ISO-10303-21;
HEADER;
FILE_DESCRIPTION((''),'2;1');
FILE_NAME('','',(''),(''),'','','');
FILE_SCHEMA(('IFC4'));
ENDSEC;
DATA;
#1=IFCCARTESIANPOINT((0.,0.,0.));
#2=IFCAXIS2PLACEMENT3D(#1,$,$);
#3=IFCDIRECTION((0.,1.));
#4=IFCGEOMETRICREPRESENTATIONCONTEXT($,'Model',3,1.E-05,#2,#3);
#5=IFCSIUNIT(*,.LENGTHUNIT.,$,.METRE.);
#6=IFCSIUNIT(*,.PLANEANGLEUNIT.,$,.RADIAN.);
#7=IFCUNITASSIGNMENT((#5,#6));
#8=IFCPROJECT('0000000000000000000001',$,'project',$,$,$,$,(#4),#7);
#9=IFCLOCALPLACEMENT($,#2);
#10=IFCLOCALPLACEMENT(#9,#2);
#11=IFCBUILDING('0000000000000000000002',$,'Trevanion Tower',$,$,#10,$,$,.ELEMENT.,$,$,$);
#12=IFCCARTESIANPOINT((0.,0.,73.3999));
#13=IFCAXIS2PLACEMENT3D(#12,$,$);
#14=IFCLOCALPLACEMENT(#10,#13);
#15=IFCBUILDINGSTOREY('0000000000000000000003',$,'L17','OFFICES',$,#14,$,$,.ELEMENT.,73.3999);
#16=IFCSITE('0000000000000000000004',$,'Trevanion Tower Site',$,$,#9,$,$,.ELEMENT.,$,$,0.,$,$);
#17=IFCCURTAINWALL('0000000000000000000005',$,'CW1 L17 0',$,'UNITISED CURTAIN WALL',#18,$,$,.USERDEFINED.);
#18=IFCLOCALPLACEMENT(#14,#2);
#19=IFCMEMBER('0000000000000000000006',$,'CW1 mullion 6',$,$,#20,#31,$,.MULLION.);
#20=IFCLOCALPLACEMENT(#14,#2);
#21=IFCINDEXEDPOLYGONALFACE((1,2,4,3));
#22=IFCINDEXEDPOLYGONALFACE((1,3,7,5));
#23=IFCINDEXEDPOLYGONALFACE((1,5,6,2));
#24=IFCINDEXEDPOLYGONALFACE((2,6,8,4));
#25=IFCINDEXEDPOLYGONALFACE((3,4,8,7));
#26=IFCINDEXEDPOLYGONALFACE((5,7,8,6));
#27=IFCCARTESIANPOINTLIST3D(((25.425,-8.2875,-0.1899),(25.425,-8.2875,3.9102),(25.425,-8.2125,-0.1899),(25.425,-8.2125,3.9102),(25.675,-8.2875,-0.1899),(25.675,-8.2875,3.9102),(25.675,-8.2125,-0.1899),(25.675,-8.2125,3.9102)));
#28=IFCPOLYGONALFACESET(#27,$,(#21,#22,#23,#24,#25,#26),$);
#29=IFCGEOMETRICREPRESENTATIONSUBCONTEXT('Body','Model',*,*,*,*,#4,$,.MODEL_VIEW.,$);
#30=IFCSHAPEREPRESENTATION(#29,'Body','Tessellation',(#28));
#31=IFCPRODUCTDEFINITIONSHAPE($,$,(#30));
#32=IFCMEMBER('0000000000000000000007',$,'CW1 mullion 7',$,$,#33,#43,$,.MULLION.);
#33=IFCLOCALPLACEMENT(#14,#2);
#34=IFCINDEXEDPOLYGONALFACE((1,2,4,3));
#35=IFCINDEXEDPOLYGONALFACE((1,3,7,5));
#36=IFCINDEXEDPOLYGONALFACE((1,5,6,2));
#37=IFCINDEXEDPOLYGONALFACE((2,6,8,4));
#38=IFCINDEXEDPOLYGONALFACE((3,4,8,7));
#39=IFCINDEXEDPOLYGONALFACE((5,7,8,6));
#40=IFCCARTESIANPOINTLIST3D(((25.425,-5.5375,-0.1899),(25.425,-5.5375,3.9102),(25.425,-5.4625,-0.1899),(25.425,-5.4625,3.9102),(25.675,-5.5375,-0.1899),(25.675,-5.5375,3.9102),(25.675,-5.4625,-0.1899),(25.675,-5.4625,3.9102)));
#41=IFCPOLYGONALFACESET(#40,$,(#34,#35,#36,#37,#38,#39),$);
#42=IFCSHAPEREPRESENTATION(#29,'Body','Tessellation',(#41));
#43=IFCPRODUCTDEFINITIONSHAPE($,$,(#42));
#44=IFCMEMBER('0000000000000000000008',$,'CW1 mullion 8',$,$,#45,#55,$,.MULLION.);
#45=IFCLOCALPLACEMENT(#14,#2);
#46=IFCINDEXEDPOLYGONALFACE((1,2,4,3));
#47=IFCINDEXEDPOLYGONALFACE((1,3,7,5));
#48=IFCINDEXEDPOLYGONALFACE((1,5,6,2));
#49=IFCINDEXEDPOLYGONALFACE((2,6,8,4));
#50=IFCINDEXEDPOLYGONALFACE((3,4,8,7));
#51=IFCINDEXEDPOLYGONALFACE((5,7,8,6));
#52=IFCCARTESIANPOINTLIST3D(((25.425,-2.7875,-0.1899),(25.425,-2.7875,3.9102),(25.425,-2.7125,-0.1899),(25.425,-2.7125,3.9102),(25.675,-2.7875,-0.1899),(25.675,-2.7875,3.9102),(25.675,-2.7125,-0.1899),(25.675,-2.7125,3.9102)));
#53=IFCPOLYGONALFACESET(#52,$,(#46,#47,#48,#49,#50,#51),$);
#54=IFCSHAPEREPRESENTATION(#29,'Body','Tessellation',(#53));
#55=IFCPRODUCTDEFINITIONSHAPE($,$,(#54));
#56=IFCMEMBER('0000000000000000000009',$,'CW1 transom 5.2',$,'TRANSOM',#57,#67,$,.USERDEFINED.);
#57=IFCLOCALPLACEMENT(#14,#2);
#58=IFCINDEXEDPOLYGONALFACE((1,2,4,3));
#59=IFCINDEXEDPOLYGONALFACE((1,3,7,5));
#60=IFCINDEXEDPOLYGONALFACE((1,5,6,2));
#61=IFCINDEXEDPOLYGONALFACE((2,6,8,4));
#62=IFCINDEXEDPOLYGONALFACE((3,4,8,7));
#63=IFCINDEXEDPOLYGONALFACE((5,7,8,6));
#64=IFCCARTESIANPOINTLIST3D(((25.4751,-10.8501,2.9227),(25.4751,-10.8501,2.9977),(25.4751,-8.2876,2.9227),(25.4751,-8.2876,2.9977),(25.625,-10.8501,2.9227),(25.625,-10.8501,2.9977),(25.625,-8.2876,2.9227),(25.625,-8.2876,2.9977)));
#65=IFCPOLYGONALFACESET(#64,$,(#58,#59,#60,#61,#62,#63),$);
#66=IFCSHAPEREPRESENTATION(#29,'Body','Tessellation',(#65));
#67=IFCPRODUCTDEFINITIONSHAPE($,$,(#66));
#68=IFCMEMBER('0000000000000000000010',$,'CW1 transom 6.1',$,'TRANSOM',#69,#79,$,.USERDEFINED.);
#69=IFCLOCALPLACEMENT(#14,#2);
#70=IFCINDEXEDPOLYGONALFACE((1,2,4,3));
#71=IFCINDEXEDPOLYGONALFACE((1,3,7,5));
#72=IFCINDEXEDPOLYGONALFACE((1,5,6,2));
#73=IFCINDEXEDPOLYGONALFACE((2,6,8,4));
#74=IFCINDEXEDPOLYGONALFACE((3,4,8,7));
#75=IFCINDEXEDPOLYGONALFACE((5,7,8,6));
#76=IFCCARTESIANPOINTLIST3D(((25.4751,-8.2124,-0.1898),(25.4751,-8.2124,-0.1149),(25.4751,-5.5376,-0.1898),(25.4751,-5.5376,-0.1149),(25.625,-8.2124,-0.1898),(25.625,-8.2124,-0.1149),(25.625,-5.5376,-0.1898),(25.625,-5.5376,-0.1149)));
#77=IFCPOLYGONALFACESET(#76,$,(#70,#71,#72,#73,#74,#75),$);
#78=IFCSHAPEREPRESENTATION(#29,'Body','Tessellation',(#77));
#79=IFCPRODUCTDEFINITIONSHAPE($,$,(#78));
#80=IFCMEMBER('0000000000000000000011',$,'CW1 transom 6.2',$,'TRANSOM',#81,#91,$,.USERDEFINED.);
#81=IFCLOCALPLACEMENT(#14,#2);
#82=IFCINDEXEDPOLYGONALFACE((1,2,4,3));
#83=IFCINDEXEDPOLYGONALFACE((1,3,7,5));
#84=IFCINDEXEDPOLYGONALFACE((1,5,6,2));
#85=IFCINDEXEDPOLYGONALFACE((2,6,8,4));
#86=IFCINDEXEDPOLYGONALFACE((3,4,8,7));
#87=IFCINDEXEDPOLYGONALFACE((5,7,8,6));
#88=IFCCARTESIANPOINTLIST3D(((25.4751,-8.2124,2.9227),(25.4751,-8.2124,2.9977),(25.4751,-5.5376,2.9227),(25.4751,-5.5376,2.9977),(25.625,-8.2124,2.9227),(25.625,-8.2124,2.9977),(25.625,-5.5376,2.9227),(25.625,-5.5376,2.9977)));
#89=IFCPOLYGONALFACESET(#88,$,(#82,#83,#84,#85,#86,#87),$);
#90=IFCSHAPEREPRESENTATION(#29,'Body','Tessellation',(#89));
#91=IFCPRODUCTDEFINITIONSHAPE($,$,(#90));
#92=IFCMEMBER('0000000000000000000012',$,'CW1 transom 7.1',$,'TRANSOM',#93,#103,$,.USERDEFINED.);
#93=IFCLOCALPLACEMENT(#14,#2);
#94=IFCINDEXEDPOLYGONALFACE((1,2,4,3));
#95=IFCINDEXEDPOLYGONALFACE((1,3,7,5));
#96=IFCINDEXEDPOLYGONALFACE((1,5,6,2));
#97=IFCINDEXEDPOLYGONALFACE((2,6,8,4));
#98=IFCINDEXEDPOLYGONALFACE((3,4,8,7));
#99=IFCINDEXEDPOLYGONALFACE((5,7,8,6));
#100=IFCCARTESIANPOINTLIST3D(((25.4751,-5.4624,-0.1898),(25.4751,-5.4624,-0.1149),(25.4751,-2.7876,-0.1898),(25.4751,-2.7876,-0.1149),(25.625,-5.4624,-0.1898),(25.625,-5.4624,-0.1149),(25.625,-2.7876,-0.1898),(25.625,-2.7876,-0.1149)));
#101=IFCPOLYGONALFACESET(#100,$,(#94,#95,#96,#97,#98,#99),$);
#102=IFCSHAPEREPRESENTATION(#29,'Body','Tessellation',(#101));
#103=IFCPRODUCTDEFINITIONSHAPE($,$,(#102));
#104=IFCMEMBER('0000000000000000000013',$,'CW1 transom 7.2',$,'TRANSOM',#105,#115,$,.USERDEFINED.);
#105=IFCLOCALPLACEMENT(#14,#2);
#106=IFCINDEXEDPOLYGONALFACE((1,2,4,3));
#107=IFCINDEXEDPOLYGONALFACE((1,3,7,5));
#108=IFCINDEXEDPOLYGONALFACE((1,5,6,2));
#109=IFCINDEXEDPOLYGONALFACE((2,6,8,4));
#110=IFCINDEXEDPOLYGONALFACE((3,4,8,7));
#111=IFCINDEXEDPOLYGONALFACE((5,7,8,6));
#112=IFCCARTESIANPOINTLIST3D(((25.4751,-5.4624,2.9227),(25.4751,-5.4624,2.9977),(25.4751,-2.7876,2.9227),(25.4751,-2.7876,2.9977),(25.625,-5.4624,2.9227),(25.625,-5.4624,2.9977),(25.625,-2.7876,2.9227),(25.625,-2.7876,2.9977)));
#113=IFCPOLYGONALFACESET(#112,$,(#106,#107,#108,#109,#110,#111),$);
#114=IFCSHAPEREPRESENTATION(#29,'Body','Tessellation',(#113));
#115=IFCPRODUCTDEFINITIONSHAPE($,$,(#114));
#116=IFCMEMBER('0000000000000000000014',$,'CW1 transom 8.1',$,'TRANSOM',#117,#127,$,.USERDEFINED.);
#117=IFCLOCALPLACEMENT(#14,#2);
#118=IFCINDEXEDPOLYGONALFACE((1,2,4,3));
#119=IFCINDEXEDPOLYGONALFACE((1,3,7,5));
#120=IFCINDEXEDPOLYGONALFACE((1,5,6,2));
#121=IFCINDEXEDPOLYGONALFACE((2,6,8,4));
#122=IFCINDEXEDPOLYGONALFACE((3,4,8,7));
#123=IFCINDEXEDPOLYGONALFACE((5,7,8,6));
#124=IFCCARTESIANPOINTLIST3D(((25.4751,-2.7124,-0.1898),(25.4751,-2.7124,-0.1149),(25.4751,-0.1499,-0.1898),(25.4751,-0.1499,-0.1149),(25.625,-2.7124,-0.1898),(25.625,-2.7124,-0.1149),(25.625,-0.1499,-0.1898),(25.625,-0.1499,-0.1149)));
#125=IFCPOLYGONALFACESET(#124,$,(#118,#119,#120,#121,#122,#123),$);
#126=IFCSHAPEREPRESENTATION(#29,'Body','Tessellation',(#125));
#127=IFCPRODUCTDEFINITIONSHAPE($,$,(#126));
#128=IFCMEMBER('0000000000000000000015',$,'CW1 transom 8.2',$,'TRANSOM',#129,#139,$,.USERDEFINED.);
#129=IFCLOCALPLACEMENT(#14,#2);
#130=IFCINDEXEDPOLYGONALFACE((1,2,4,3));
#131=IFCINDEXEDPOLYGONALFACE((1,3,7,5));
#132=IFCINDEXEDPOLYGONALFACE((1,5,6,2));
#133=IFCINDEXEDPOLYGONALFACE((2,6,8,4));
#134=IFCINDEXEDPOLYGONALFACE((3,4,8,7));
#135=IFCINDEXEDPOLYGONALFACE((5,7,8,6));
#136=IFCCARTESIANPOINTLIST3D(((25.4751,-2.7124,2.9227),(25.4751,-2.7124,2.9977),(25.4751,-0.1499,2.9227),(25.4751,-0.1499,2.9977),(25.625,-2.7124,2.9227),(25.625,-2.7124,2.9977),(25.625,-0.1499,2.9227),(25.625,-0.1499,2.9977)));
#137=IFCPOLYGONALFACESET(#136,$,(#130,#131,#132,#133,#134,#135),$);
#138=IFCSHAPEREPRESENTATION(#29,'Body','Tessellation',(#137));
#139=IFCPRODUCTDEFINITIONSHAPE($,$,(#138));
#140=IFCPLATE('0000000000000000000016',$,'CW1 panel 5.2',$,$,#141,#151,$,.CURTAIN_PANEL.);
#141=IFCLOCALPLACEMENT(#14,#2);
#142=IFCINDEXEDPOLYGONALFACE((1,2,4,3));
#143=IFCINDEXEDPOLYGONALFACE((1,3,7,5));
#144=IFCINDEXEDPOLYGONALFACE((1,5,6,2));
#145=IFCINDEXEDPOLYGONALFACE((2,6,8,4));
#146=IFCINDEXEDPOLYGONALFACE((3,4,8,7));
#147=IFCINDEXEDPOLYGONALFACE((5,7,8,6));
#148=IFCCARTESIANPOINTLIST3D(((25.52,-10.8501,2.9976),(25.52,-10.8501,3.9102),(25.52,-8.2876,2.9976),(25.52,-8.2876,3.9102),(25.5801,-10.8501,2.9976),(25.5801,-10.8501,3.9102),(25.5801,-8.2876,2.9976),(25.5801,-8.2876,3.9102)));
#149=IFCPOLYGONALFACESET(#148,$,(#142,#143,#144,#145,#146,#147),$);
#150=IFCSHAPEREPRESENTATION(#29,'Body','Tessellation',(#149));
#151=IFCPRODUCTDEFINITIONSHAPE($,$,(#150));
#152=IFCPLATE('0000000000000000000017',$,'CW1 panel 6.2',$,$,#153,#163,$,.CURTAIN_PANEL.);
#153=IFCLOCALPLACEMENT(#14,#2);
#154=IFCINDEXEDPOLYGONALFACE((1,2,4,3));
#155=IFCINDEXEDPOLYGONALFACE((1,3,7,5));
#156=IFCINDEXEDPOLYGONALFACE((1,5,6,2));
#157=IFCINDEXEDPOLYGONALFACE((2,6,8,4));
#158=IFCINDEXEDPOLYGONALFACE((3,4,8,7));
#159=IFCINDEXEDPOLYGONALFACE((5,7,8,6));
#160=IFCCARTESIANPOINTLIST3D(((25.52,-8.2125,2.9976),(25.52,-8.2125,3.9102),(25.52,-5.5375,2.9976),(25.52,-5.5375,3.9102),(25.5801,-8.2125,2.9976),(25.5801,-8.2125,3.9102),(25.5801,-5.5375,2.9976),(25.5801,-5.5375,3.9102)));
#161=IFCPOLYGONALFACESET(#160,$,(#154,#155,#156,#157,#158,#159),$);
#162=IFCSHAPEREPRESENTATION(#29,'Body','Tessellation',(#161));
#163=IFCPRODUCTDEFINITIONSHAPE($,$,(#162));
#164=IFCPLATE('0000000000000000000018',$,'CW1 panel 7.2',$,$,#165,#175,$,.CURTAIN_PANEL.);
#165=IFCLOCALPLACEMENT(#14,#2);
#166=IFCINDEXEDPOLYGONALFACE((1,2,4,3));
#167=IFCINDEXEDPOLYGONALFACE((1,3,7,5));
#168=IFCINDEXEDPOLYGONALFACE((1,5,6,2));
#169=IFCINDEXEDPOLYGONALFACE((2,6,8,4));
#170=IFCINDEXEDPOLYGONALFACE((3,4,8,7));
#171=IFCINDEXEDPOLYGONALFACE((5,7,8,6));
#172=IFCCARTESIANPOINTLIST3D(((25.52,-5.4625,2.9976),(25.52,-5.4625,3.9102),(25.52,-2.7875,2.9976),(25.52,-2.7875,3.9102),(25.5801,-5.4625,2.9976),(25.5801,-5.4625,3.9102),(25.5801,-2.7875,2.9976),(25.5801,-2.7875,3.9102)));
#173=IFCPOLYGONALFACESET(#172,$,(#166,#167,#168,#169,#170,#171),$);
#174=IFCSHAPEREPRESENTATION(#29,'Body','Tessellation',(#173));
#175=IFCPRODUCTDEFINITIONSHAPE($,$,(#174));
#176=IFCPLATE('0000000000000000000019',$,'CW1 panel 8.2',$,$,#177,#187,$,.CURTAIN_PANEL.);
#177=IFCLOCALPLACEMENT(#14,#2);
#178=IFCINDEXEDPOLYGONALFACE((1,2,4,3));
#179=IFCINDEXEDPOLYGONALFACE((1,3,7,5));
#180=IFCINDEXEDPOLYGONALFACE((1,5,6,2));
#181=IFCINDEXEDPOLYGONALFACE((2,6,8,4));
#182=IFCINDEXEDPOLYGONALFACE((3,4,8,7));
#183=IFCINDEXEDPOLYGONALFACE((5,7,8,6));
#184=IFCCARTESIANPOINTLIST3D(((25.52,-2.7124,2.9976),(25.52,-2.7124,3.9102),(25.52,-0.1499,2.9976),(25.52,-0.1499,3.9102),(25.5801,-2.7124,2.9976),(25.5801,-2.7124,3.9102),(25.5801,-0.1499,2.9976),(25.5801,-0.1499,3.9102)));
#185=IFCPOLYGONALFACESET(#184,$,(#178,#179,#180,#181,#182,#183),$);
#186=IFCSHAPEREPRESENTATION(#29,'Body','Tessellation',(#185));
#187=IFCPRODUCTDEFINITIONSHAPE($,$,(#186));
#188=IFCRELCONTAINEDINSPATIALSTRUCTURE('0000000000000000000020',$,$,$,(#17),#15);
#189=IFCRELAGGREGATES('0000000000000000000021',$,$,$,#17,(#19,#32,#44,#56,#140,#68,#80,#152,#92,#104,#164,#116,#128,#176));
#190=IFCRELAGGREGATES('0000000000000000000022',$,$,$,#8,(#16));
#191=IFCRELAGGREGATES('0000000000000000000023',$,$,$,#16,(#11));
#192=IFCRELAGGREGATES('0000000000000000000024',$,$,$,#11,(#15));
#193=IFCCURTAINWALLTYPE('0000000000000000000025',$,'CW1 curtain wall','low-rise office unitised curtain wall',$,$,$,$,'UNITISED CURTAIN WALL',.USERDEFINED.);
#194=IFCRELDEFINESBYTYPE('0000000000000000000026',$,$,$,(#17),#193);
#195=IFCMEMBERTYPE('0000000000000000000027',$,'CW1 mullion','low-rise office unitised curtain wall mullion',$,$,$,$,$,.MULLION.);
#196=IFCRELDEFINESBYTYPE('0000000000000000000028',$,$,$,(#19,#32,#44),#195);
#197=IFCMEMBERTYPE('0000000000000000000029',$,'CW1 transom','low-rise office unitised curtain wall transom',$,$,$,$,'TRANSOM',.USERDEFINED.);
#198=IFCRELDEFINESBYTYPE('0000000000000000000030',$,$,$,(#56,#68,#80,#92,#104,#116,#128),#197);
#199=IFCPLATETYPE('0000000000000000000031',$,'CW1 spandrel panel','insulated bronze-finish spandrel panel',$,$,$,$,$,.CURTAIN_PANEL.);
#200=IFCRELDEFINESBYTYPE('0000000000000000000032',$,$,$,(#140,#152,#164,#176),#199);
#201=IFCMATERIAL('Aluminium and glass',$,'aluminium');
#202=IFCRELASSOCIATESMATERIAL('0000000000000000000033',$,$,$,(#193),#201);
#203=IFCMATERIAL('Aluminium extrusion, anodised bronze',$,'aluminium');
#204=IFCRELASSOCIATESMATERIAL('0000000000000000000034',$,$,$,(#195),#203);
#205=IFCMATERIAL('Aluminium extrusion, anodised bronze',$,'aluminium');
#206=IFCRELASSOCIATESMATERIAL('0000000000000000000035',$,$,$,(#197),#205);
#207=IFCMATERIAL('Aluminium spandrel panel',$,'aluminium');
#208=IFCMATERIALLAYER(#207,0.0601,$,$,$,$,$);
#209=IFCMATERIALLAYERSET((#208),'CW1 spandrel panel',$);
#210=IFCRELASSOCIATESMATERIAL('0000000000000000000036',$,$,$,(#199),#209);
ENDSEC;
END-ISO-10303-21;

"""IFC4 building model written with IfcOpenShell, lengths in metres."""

from ifc_helpers import new_model, si_unit, direction, frame, origin, origin_2d, place, context, subcontext, project, spatial, rectangle, extrude, material, layer, layer_set, material_profile, profile_set, type_object, element, aggregate, save


model = new_model("IFC4")

# Units and contexts
model_context = context("Model", 3, precision=1e-05, world=origin(), true_north=direction((0.0, 1.0)))
body_context = subcontext(model_context, "Body", "Model", "MODEL_VIEW")
ifc_project = project(units=[si_unit("LENGTHUNIT", "METRE"), si_unit("PLANEANGLEUNIT", "RADIAN")], contexts=[model_context])

# Site, building, storey
site_placement = place(None, origin())
site = spatial("IfcSite", under=ifc_project, at=site_placement, Name="Trevanion Tower Site", CompositionType="ELEMENT", RefElevation=0.0)
building_placement = place(site_placement, origin())
building = spatial("IfcBuilding", under=site, at=building_placement, Name="Trevanion Tower", CompositionType="ELEMENT")
storey_placement = place(building_placement, frame((0.0, 0.0, 73.3999)))
storey = spatial("IfcBuildingStorey", under=building, at=storey_placement, Name="L17", Description="OFFICES", CompositionType="ELEMENT", Elevation=73.3999)

# Curtain wall, members, plates
ifc_material_1 = material(Name="Aluminium and glass", Category="aluminium")
curtain_wall_type = type_object("IfcCurtainWallType", Name="CW1 curtain wall", Description="low-rise office unitised curtain wall", ElementType="UNITISED CURTAIN WALL", PredefinedType="USERDEFINED", material=ifc_material_1)
curtain_wall_placement = place(storey_placement, origin())
curtain_wall = element("IfcCurtainWall", 1, at=curtain_wall_placement, inside=storey, type_object=curtain_wall_type, Name="CW1 L17 0", ObjectType="UNITISED CURTAIN WALL", PredefinedType="USERDEFINED")
ifc_material_2 = material(Name="Aluminium extrusion, anodised bronze", Category="aluminium")
ifc_material_profile_1 = material_profile(ifc_material_2, rectangle(XDim=0.075, YDim=0.25, at=origin_2d()), Name="CW1 mullion")
ifc_profile_set_1 = profile_set([ifc_material_profile_1], Name="Aluminium extrusion, anodised bronze")
member_type_1 = type_object("IfcMemberType", Name="CW1 mullion", Description="low-rise office unitised curtain wall mullion", PredefinedType="MULLION", material=ifc_profile_set_1)
member_1_placement = place(storey_placement, frame((25.55, -8.25, -0.1899), z_axis=(0.0, 0.0, 1.0), x_axis=(0.0, 1.0, 0.0)))
member_1 = element("IfcMember", 2, at=member_1_placement, type_object=member_type_1, Name="CW1 mullion 6", PredefinedType="MULLION", context=body_context, shape_type="SweptSolid", body=[
    extrude(rectangle(XDim=0.075, YDim=0.25, at=origin_2d()), origin(), (0.0, 0.0, 1.0), 4.1001),
])
member_2_placement = place(storey_placement, frame((25.55, -5.5, -0.1899), z_axis=(0.0, 0.0, 1.0), x_axis=(0.0, 1.0, 0.0)))
member_2 = element("IfcMember", 3, at=member_2_placement, type_object=member_type_1, Name="CW1 mullion 7", PredefinedType="MULLION", context=body_context, shape_type="SweptSolid", body=[
    extrude(rectangle(XDim=0.075, YDim=0.25, at=origin_2d()), origin(), (0.0, 0.0, 1.0), 4.1001),
])
member_3_placement = place(storey_placement, frame((25.55, -2.75, -0.1899), z_axis=(0.0, 0.0, 1.0), x_axis=(0.0, 1.0, 0.0)))
member_3 = element("IfcMember", 4, at=member_3_placement, type_object=member_type_1, Name="CW1 mullion 8", PredefinedType="MULLION", context=body_context, shape_type="SweptSolid", body=[
    extrude(rectangle(XDim=0.075, YDim=0.25, at=origin_2d()), origin(), (0.0, 0.0, 1.0), 4.1001),
])
ifc_material_3 = material(Name="Aluminium extrusion, anodised bronze", Category="aluminium")
ifc_material_profile_2 = material_profile(ifc_material_3, rectangle(XDim=0.1499, YDim=0.075, at=origin_2d()), Name="CW1 transom")
ifc_profile_set_2 = profile_set([ifc_material_profile_2], Name="Aluminium extrusion, anodised bronze")
member_type_2 = type_object("IfcMemberType", Name="CW1 transom", Description="low-rise office unitised curtain wall transom", ElementType="TRANSOM", PredefinedType="USERDEFINED", material=ifc_profile_set_2)
member_4_placement = place(storey_placement, frame((25.55, -10.8501, 2.9602), z_axis=(0.0, 1.0, 0.0), x_axis=(-1.0, 0.0, 0.0)))
member_4 = element("IfcMember", 5, at=member_4_placement, type_object=member_type_2, Name="CW1 transom 5.2", ObjectType="TRANSOM", PredefinedType="USERDEFINED", context=body_context, shape_type="SweptSolid", body=[
    extrude(rectangle(XDim=0.1499, YDim=0.075, at=origin_2d()), origin(), (0.0, 0.0, 1.0), 2.5625),
])
member_5_placement = place(storey_placement, frame((25.55, -8.2124, -0.1523), z_axis=(0.0, 1.0, 0.0), x_axis=(-1.0, 0.0, 0.0)))
member_5 = element("IfcMember", 6, at=member_5_placement, type_object=member_type_2, Name="CW1 transom 6.1", ObjectType="TRANSOM", PredefinedType="USERDEFINED", context=body_context, shape_type="SweptSolid", body=[
    extrude(rectangle(XDim=0.1499, YDim=0.075, at=origin_2d()), origin(), (0.0, 0.0, 1.0), 2.6748),
])
member_6_placement = place(storey_placement, frame((25.55, -8.2124, 2.9602), z_axis=(0.0, 1.0, 0.0), x_axis=(-1.0, 0.0, 0.0)))
member_6 = element("IfcMember", 7, at=member_6_placement, type_object=member_type_2, Name="CW1 transom 6.2", ObjectType="TRANSOM", PredefinedType="USERDEFINED", context=body_context, shape_type="SweptSolid", body=[
    extrude(rectangle(XDim=0.1499, YDim=0.075, at=origin_2d()), origin(), (0.0, 0.0, 1.0), 2.6748),
])
member_7_placement = place(storey_placement, frame((25.55, -5.4624, -0.1523), z_axis=(0.0, 1.0, 0.0), x_axis=(-1.0, 0.0, 0.0)))
member_7 = element("IfcMember", 8, at=member_7_placement, type_object=member_type_2, Name="CW1 transom 7.1", ObjectType="TRANSOM", PredefinedType="USERDEFINED", context=body_context, shape_type="SweptSolid", body=[
    extrude(rectangle(XDim=0.1499, YDim=0.075, at=origin_2d()), origin(), (0.0, 0.0, 1.0), 2.6748),
])
member_8_placement = place(storey_placement, frame((25.55, -5.4624, 2.9602), z_axis=(0.0, 1.0, 0.0), x_axis=(-1.0, 0.0, 0.0)))
member_8 = element("IfcMember", 9, at=member_8_placement, type_object=member_type_2, Name="CW1 transom 7.2", ObjectType="TRANSOM", PredefinedType="USERDEFINED", context=body_context, shape_type="SweptSolid", body=[
    extrude(rectangle(XDim=0.1499, YDim=0.075, at=origin_2d()), origin(), (0.0, 0.0, 1.0), 2.6748),
])
member_9_placement = place(storey_placement, frame((25.55, -2.7124, -0.1523), z_axis=(0.0, 1.0, 0.0), x_axis=(-1.0, 0.0, 0.0)))
member_9 = element("IfcMember", 10, at=member_9_placement, type_object=member_type_2, Name="CW1 transom 8.1", ObjectType="TRANSOM", PredefinedType="USERDEFINED", context=body_context, shape_type="SweptSolid", body=[
    extrude(rectangle(XDim=0.1499, YDim=0.075, at=origin_2d()), origin(), (0.0, 0.0, 1.0), 2.5625),
])
member_10_placement = place(storey_placement, frame((25.55, -2.7124, 2.9602), z_axis=(0.0, 1.0, 0.0), x_axis=(-1.0, 0.0, 0.0)))
member_10 = element("IfcMember", 11, at=member_10_placement, type_object=member_type_2, Name="CW1 transom 8.2", ObjectType="TRANSOM", PredefinedType="USERDEFINED", context=body_context, shape_type="SweptSolid", body=[
    extrude(rectangle(XDim=0.1499, YDim=0.075, at=origin_2d()), origin(), (0.0, 0.0, 1.0), 2.5625),
])
ifc_material_4 = material(Name="Aluminium spandrel panel", Category="aluminium")
ifc_layer_1 = layer(ifc_material_4, 0.0601)
ifc_layer_set_1 = layer_set([ifc_layer_1], Name="CW1 spandrel panel")
plate_type_1 = type_object("IfcPlateType", Name="CW1 spandrel panel", Description="insulated bronze-finish spandrel panel", PredefinedType="CURTAIN_PANEL", material=ifc_layer_set_1)
plate_1_placement = place(storey_placement, frame((25.55, -9.5688, 2.9976), z_axis=(0.0, 0.0, 1.0), x_axis=(0.0, 1.0, 0.0)))
plate_1 = element("IfcPlate", 12, at=plate_1_placement, type_object=plate_type_1, Name="CW1 panel 5.2", PredefinedType="CURTAIN_PANEL", context=body_context, shape_type="SweptSolid", body=[
    extrude(rectangle(XDim=2.5625, YDim=0.0601, at=origin_2d()), origin(), (0.0, 0.0, 1.0), 0.9126),
])
plate_2_placement = place(storey_placement, frame((25.55, -6.875, 2.9976), z_axis=(0.0, 0.0, 1.0), x_axis=(0.0, 1.0, 0.0)))
plate_2 = element("IfcPlate", 13, at=plate_2_placement, type_object=plate_type_1, Name="CW1 panel 6.2", PredefinedType="CURTAIN_PANEL", context=body_context, shape_type="SweptSolid", body=[
    extrude(rectangle(XDim=2.675, YDim=0.0601, at=origin_2d()), origin(), (0.0, 0.0, 1.0), 0.9126),
])
plate_3_placement = place(storey_placement, frame((25.55, -4.125, 2.9976), z_axis=(0.0, 0.0, 1.0), x_axis=(0.0, 1.0, 0.0)))
plate_3 = element("IfcPlate", 14, at=plate_3_placement, type_object=plate_type_1, Name="CW1 panel 7.2", PredefinedType="CURTAIN_PANEL", context=body_context, shape_type="SweptSolid", body=[
    extrude(rectangle(XDim=2.675, YDim=0.0601, at=origin_2d()), origin(), (0.0, 0.0, 1.0), 0.9126),
])
plate_4_placement = place(storey_placement, frame((25.55, -1.4312, 2.9976), z_axis=(0.0, 0.0, 1.0), x_axis=(0.0, 1.0, 0.0)))
plate_4 = element("IfcPlate", 15, at=plate_4_placement, type_object=plate_type_1, Name="CW1 panel 8.2", PredefinedType="CURTAIN_PANEL", context=body_context, shape_type="SweptSolid", body=[
    extrude(rectangle(XDim=2.5625, YDim=0.0601, at=origin_2d()), origin(), (0.0, 0.0, 1.0), 0.9126),
])
aggregate(curtain_wall, [member_1, member_2, member_3, member_4, plate_1, member_5, member_6, plate_2, member_7, member_8, plate_3, member_9, member_10, plate_4])

save(model, "model.ifc")
